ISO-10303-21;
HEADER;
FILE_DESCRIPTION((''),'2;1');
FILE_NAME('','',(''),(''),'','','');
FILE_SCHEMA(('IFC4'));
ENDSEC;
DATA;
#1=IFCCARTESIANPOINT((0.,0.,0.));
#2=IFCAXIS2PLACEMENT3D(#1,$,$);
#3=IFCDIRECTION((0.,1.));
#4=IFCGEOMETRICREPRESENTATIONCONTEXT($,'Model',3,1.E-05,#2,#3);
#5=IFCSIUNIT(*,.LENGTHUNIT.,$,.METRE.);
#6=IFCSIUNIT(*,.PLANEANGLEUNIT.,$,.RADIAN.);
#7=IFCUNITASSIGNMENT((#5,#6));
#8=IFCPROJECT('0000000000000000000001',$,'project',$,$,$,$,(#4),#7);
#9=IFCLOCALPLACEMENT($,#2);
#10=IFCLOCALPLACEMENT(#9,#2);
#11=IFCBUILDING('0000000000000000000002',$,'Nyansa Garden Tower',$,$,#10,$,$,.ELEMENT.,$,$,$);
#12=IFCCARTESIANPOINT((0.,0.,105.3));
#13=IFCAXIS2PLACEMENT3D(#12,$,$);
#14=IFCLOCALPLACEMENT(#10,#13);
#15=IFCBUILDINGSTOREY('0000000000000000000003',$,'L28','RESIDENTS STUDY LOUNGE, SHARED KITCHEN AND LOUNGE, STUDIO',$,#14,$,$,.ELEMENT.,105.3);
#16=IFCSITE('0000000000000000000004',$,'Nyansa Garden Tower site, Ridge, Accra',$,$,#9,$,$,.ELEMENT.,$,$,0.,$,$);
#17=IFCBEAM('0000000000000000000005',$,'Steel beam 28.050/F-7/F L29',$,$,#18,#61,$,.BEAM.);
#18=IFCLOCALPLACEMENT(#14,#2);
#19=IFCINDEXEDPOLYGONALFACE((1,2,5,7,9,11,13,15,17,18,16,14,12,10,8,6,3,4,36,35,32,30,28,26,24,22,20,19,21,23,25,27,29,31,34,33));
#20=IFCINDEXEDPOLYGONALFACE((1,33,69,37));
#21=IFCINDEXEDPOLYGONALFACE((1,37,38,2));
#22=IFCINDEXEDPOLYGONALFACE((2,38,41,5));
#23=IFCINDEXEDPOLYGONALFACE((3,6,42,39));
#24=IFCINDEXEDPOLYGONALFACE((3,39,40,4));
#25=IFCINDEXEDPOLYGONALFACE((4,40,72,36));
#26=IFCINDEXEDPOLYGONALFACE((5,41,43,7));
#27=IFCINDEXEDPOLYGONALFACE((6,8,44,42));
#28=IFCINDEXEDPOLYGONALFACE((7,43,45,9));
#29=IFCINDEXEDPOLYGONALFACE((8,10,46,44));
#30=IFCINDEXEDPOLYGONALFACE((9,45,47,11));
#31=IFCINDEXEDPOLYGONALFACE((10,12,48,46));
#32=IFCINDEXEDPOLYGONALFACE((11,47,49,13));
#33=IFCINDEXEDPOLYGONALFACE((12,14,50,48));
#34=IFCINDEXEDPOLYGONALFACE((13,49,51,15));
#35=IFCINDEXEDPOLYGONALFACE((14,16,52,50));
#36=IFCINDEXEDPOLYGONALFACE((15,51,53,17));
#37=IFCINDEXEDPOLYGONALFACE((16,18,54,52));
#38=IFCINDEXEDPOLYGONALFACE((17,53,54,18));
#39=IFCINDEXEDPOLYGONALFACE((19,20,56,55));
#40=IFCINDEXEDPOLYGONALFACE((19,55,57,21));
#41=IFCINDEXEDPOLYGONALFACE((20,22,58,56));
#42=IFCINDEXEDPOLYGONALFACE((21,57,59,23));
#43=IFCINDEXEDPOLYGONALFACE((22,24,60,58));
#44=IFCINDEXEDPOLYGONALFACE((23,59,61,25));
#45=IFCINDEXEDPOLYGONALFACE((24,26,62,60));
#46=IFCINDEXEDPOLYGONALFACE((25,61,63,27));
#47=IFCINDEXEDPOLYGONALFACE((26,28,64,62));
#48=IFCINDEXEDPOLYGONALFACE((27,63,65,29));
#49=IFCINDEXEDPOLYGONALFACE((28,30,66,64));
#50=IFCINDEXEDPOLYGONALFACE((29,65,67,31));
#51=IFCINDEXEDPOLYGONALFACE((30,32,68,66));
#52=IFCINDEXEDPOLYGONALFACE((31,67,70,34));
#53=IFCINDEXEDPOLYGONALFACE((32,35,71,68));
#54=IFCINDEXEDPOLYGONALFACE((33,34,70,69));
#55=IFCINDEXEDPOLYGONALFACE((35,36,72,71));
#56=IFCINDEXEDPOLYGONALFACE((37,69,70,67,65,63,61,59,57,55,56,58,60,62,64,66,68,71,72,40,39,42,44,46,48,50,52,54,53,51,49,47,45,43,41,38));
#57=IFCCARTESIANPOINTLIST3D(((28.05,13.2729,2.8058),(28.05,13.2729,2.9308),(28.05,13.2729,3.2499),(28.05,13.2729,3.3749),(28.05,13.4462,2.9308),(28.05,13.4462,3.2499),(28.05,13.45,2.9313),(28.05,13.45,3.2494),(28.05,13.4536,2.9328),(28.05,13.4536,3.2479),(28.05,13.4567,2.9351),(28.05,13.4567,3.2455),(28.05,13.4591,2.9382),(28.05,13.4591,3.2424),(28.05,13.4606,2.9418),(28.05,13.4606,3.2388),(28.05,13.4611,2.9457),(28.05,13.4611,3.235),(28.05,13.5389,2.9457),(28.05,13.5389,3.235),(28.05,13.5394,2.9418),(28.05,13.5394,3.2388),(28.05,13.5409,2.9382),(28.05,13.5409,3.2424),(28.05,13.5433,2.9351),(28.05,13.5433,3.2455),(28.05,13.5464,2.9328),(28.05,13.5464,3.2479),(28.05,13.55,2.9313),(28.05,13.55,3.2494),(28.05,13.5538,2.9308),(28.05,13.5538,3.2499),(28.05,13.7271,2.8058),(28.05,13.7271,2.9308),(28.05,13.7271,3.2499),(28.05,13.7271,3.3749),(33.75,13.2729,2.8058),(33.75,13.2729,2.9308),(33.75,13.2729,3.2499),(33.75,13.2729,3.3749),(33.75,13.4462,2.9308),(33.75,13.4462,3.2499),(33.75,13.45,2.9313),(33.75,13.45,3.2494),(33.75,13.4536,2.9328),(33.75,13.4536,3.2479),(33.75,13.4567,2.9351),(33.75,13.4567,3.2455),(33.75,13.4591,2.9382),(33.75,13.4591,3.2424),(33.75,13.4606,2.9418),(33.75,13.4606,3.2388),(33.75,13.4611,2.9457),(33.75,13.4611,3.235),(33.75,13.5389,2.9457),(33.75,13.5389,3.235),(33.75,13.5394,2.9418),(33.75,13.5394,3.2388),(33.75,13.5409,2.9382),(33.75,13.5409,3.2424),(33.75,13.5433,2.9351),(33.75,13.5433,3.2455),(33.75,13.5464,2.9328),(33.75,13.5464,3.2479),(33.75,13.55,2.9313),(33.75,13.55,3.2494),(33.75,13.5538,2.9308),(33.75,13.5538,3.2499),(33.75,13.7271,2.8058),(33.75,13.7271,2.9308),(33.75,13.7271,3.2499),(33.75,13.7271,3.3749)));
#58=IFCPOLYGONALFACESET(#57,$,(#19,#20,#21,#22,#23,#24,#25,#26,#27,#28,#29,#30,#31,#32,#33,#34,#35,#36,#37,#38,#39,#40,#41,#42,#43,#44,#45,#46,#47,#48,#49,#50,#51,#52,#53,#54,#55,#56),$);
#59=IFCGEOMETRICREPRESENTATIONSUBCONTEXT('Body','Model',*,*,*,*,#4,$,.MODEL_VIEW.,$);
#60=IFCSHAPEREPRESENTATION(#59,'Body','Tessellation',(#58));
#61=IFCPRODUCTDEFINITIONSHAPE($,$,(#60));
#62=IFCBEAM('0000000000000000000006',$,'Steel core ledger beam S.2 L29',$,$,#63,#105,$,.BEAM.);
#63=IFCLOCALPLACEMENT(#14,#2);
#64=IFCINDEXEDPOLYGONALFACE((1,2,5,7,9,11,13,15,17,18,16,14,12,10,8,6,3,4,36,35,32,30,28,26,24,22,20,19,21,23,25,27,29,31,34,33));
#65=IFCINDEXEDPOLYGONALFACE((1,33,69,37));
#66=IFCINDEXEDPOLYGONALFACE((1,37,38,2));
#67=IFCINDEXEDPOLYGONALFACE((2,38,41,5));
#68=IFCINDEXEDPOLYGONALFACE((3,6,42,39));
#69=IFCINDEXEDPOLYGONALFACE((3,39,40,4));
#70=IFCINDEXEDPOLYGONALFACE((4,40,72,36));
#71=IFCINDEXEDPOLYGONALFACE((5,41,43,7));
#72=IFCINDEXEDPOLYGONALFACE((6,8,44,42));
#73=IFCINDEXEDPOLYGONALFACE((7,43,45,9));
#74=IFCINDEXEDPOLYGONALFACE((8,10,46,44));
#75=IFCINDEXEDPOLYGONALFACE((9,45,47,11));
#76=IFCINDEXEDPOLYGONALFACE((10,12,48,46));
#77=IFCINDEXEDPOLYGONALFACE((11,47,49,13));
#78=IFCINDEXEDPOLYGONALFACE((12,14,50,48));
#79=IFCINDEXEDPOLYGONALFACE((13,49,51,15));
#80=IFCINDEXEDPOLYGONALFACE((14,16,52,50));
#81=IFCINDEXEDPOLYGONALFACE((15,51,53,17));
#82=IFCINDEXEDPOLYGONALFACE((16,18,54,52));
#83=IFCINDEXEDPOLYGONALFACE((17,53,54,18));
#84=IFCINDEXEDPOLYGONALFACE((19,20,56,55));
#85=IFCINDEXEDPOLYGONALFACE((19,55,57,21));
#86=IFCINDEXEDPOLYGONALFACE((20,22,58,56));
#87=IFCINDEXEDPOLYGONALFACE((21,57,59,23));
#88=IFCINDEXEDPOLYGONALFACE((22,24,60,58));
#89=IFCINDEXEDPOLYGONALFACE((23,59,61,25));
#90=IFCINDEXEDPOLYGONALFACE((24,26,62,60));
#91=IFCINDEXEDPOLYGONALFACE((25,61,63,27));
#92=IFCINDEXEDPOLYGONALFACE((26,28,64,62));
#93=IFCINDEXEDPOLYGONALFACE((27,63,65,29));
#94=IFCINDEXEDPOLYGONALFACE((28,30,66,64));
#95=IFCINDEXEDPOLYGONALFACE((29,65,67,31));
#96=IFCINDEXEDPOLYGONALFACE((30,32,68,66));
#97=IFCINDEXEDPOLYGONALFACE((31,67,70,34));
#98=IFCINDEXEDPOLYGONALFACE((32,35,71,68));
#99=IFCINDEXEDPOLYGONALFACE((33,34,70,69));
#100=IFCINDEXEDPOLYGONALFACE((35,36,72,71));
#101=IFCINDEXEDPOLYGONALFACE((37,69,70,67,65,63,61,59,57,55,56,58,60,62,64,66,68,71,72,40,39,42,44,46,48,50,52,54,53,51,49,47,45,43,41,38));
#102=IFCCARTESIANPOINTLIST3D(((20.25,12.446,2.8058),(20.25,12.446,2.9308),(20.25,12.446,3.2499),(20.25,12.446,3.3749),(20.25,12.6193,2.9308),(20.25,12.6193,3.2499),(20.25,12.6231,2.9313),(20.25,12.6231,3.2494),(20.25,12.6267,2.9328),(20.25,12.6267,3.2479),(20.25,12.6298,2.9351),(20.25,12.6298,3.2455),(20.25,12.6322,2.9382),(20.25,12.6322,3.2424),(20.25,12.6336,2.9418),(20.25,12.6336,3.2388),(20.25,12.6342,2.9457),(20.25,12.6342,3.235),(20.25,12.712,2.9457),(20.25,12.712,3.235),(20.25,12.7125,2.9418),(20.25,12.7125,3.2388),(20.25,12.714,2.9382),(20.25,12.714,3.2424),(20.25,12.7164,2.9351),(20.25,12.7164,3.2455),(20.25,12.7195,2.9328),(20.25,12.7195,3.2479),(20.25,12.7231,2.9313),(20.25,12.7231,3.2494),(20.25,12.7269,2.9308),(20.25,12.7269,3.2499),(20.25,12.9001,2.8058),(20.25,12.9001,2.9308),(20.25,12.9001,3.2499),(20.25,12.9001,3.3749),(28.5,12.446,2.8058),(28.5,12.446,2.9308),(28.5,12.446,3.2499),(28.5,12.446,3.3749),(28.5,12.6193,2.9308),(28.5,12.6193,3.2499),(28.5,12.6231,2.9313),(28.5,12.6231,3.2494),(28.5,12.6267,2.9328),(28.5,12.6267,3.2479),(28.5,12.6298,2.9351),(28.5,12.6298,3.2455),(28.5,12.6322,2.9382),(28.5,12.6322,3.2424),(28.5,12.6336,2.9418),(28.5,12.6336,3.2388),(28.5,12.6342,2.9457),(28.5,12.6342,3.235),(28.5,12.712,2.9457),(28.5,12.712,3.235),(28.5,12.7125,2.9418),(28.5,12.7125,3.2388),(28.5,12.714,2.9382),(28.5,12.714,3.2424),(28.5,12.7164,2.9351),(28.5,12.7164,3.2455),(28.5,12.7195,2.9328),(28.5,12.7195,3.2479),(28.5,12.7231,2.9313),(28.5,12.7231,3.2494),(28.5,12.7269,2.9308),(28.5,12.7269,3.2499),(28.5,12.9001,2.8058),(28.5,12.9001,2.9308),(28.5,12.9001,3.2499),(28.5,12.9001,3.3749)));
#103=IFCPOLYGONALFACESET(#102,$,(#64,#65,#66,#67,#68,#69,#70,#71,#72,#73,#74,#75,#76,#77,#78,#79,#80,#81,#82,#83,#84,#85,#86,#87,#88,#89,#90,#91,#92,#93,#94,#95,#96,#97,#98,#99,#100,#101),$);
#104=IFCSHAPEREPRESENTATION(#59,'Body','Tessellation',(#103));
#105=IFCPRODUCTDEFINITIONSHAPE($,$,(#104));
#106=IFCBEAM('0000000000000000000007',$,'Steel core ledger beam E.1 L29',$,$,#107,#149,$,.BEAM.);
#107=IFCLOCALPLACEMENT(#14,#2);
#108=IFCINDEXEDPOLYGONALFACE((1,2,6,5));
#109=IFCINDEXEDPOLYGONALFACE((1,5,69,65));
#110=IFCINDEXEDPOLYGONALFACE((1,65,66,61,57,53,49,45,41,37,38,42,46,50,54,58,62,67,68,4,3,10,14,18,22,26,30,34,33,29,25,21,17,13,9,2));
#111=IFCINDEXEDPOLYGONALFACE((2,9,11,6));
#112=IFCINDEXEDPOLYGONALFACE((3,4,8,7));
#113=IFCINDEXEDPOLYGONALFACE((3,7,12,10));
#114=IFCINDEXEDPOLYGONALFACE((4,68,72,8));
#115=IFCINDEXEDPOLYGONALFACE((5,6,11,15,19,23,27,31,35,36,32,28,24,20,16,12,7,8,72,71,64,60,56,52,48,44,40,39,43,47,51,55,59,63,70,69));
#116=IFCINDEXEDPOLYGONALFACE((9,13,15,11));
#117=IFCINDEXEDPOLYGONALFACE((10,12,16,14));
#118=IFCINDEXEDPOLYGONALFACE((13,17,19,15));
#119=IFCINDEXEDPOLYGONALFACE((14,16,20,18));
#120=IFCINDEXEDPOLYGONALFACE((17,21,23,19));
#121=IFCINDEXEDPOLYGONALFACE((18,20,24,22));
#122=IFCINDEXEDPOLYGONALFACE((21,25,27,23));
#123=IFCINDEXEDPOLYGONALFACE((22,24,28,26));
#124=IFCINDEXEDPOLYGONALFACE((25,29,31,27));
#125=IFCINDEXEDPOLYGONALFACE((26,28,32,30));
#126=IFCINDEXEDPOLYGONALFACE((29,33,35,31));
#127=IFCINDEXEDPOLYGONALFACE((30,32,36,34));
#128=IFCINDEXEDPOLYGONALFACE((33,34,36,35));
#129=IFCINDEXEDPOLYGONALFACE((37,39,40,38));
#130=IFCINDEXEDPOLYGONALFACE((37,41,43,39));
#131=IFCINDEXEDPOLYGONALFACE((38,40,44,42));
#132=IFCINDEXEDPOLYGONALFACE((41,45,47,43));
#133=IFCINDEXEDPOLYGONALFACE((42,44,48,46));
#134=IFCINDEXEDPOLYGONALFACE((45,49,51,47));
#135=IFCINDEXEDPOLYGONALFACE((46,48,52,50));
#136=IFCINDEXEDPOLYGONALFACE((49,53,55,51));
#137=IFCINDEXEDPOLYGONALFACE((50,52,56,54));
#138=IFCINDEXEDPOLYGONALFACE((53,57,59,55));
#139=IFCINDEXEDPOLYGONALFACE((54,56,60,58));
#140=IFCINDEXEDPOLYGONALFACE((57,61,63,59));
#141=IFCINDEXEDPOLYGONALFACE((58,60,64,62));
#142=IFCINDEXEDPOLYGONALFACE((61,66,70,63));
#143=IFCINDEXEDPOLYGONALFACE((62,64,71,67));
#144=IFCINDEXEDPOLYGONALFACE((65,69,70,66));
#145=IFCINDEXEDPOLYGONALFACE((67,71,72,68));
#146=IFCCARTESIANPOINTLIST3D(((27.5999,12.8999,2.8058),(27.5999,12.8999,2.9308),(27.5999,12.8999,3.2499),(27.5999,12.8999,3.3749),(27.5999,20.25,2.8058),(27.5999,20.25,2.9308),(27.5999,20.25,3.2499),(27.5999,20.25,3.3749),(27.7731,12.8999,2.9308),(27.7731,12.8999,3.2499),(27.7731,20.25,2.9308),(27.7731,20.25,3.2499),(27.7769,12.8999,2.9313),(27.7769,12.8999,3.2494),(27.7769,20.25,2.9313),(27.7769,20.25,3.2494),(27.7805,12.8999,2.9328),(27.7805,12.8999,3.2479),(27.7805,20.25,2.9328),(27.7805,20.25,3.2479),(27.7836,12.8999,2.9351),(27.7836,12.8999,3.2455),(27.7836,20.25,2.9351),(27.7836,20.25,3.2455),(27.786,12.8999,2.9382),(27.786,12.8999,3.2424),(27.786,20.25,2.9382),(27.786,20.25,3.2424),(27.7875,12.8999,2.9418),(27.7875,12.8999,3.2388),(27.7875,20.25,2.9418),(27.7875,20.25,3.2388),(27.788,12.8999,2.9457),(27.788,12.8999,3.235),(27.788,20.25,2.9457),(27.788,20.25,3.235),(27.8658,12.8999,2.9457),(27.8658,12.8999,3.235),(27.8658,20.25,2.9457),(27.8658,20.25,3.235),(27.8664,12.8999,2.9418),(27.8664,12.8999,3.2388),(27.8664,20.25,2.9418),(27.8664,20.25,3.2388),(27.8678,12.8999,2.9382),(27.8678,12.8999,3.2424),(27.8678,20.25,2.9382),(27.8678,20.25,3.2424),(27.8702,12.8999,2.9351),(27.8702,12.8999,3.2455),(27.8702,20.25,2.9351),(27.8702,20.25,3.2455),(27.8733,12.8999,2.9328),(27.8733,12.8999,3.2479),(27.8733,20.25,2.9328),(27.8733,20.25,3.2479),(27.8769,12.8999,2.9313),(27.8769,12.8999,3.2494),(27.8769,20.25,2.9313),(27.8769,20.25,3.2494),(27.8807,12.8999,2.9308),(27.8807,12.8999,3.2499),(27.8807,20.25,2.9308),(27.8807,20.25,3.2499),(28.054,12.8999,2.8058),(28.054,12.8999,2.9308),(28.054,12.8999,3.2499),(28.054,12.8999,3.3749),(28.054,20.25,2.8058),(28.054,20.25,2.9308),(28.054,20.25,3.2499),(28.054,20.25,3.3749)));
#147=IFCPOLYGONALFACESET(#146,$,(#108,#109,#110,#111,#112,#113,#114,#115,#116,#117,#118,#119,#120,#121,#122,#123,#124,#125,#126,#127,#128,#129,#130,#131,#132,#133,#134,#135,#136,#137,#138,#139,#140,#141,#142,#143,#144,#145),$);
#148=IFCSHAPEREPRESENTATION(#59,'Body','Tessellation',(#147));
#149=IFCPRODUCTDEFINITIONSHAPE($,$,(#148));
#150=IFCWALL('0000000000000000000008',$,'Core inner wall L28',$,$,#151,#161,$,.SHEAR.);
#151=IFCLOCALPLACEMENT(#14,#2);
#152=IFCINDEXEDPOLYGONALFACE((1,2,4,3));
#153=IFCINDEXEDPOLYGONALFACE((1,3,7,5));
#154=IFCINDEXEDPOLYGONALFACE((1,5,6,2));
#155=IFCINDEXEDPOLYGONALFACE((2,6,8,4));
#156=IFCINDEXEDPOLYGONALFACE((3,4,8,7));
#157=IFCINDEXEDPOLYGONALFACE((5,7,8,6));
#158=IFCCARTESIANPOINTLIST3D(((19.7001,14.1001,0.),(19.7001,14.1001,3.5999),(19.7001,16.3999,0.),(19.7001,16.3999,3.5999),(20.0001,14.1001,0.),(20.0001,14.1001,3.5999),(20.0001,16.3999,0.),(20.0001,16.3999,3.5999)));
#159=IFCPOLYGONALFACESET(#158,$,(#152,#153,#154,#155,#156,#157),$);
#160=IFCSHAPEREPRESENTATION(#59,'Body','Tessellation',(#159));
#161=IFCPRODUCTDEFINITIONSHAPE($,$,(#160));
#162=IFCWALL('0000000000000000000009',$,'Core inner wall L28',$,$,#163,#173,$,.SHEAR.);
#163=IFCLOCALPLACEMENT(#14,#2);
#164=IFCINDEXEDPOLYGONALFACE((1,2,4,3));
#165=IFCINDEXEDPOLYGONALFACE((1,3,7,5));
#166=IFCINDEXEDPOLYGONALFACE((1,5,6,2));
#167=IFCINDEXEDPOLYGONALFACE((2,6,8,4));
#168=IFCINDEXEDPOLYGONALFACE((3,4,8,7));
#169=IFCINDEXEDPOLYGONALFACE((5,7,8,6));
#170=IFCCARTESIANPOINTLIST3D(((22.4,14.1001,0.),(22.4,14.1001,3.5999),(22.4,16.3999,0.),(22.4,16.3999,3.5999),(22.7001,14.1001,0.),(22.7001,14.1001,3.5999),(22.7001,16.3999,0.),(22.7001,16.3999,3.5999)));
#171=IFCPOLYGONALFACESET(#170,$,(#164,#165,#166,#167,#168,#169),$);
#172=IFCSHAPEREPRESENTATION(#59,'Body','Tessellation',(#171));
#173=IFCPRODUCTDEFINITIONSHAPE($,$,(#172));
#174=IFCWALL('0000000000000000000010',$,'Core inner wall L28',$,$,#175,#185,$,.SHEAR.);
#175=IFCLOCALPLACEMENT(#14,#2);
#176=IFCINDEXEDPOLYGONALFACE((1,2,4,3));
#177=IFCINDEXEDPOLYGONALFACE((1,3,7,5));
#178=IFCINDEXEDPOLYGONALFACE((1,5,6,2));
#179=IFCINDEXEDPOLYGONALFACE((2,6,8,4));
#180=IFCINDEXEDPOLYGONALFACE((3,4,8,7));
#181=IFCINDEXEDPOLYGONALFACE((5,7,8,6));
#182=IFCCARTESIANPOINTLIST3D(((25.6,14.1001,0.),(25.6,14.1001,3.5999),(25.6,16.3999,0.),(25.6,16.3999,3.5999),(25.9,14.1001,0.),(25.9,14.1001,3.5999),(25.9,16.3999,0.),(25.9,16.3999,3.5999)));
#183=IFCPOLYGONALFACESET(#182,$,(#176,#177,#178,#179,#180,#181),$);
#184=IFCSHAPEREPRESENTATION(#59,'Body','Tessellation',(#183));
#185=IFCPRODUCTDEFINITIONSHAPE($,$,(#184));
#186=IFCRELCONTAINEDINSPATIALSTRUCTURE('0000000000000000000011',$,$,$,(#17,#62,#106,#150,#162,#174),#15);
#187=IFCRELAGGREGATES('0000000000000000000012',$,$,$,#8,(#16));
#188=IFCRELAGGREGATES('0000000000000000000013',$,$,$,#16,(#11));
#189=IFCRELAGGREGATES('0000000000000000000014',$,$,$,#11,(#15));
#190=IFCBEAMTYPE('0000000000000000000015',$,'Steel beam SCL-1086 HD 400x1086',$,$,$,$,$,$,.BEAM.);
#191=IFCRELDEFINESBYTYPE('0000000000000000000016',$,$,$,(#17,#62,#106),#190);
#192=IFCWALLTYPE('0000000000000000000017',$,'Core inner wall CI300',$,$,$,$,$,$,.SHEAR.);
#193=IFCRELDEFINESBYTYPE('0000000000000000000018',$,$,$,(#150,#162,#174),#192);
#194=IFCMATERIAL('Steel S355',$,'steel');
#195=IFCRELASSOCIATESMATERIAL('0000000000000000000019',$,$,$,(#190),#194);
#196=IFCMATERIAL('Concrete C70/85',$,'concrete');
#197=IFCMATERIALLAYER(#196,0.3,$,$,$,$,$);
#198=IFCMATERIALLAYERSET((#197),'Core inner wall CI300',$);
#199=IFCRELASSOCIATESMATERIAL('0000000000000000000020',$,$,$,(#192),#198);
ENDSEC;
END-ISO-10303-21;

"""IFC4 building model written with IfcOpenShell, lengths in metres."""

from ifc_helpers import new_model, si_unit, direction, frame, frame_2d, origin, origin_2d, place, context, subcontext, project, spatial, rectangle, i_section, extrude, material, layer, layer_set, material_profile, profile_set, type_object, element, save


model = new_model("IFC4")

# Units and contexts
model_context = context("Model", 3, precision=1e-05, world=origin(), true_north=direction((0.0, 1.0)))
body_context = subcontext(model_context, "Body", "Model", "MODEL_VIEW")
ifc_project = project(units=[si_unit("LENGTHUNIT", "METRE"), si_unit("PLANEANGLEUNIT", "RADIAN")], contexts=[model_context])

# Site, building, storey
site_placement = place(None, origin())
site = spatial("IfcSite", under=ifc_project, at=site_placement, Name="Nyansa Garden Tower site, Ridge, Accra", CompositionType="ELEMENT", RefElevation=0.0)
building_placement = place(site_placement, origin())
building = spatial("IfcBuilding", under=site, at=building_placement, Name="Nyansa Garden Tower", CompositionType="ELEMENT")
storey_placement = place(building_placement, frame((0.0, 0.0, 105.3)))
storey = spatial("IfcBuildingStorey", under=building, at=storey_placement, Name="L28", Description="RESIDENTS STUDY LOUNGE, SHARED KITCHEN AND LOUNGE, STUDIO", CompositionType="ELEMENT", Elevation=105.3)

# Beams
ifc_material_1 = material(Name="Steel S355", Category="steel")
ifc_material_profile_1 = material_profile(ifc_material_1, i_section(OverallWidth=0.4541, OverallDepth=0.5691, WebThickness=0.0779, FlangeThickness=0.125, FilletRadius=0.0149, at=origin_2d()), Name="HD 400x1086")
ifc_profile_set_1 = profile_set([ifc_material_profile_1], Name="Steel S355")
beam_type_1 = type_object("IfcBeamType", Name="Steel beam SCL-1086 HD 400x1086", PredefinedType="BEAM", material=ifc_profile_set_1)
for number, where, z_axis, x_axis, name in (
    (1, (28.05, 13.5, 3.0903), (1.0, 0.0, 0.0), (0.0, 1.0, 0.0), "Steel beam 28.050/F-7/F L29"),
):
    element("IfcBeam", number, at=place(storey_placement, frame(where, z_axis=z_axis, x_axis=x_axis)), inside=storey, type_object=beam_type_1, Name=name, PredefinedType="BEAM", context=body_context, shape_type="SweptSolid", body=[
        extrude(i_section(OverallWidth=0.4541, OverallDepth=0.5691, WebThickness=0.0779, FlangeThickness=0.125, FilletRadius=0.0149, at=origin_2d()), origin(), (0.0, 0.0, 1.0), 5.7),
    ])
beam_1_placement = place(storey_placement, frame((20.25, 12.6731, 3.0903), z_axis=(1.0, 0.0, 0.0), x_axis=(0.0, 1.0, 0.0)))
element("IfcBeam", 2, at=beam_1_placement, inside=storey, type_object=beam_type_1, Name="Steel core ledger beam S.2 L29", PredefinedType="BEAM", context=body_context, shape_type="SweptSolid", body=[
    extrude(i_section(OverallWidth=0.4541, OverallDepth=0.5691, WebThickness=0.0779, FlangeThickness=0.125, FilletRadius=0.0149, at=origin_2d()), origin(), (0.0, 0.0, 1.0), 8.25),
])
beam_2_placement = place(storey_placement, frame((27.8269, 12.8999, 3.0903), z_axis=(0.0, 1.0, 0.0), x_axis=(-1.0, 0.0, 0.0)))
element("IfcBeam", 3, at=beam_2_placement, inside=storey, type_object=beam_type_1, Name="Steel core ledger beam E.1 L29", PredefinedType="BEAM", context=body_context, shape_type="SweptSolid", body=[
    extrude(i_section(OverallWidth=0.4541, OverallDepth=0.5691, WebThickness=0.0779, FlangeThickness=0.125, FilletRadius=0.0149, at=origin_2d()), origin(), (0.0, 0.0, 1.0), 7.3501),
])

# Walls
ifc_material_2 = material(Name="Concrete C70/85", Category="concrete")
ifc_layer_1 = layer(ifc_material_2, 0.3)
ifc_layer_set_1 = layer_set([ifc_layer_1], Name="Core inner wall CI300")
wall_type_1 = type_object("IfcWallType", Name="Core inner wall CI300", PredefinedType="SHEAR", material=ifc_layer_set_1)
for number, where, z_axis, x_axis, name in (
    (4, (19.8501, 14.1001, 0.0), (0.0, 0.0, 1.0), (0.0, 1.0, 0.0), "Core inner wall L28"),
    (5, (22.55, 14.1001, 0.0), (0.0, 0.0, 1.0), (0.0, 1.0, 0.0), "Core inner wall L28"),
    (6, (25.75, 14.1001, 0.0), (0.0, 0.0, 1.0), (0.0, 1.0, 0.0), "Core inner wall L28"),
):
    element("IfcWall", number, at=place(storey_placement, frame(where, z_axis=z_axis, x_axis=x_axis)), inside=storey, type_object=wall_type_1, Name=name, PredefinedType="SHEAR", context=body_context, shape_type="SweptSolid", body=[
        extrude(rectangle(XDim=2.2998, YDim=0.3, at=frame_2d((1.1499, 0.0))), origin(), (0.0, 0.0, 1.0), 3.5999),
    ])

save(model, "model.ifc")
